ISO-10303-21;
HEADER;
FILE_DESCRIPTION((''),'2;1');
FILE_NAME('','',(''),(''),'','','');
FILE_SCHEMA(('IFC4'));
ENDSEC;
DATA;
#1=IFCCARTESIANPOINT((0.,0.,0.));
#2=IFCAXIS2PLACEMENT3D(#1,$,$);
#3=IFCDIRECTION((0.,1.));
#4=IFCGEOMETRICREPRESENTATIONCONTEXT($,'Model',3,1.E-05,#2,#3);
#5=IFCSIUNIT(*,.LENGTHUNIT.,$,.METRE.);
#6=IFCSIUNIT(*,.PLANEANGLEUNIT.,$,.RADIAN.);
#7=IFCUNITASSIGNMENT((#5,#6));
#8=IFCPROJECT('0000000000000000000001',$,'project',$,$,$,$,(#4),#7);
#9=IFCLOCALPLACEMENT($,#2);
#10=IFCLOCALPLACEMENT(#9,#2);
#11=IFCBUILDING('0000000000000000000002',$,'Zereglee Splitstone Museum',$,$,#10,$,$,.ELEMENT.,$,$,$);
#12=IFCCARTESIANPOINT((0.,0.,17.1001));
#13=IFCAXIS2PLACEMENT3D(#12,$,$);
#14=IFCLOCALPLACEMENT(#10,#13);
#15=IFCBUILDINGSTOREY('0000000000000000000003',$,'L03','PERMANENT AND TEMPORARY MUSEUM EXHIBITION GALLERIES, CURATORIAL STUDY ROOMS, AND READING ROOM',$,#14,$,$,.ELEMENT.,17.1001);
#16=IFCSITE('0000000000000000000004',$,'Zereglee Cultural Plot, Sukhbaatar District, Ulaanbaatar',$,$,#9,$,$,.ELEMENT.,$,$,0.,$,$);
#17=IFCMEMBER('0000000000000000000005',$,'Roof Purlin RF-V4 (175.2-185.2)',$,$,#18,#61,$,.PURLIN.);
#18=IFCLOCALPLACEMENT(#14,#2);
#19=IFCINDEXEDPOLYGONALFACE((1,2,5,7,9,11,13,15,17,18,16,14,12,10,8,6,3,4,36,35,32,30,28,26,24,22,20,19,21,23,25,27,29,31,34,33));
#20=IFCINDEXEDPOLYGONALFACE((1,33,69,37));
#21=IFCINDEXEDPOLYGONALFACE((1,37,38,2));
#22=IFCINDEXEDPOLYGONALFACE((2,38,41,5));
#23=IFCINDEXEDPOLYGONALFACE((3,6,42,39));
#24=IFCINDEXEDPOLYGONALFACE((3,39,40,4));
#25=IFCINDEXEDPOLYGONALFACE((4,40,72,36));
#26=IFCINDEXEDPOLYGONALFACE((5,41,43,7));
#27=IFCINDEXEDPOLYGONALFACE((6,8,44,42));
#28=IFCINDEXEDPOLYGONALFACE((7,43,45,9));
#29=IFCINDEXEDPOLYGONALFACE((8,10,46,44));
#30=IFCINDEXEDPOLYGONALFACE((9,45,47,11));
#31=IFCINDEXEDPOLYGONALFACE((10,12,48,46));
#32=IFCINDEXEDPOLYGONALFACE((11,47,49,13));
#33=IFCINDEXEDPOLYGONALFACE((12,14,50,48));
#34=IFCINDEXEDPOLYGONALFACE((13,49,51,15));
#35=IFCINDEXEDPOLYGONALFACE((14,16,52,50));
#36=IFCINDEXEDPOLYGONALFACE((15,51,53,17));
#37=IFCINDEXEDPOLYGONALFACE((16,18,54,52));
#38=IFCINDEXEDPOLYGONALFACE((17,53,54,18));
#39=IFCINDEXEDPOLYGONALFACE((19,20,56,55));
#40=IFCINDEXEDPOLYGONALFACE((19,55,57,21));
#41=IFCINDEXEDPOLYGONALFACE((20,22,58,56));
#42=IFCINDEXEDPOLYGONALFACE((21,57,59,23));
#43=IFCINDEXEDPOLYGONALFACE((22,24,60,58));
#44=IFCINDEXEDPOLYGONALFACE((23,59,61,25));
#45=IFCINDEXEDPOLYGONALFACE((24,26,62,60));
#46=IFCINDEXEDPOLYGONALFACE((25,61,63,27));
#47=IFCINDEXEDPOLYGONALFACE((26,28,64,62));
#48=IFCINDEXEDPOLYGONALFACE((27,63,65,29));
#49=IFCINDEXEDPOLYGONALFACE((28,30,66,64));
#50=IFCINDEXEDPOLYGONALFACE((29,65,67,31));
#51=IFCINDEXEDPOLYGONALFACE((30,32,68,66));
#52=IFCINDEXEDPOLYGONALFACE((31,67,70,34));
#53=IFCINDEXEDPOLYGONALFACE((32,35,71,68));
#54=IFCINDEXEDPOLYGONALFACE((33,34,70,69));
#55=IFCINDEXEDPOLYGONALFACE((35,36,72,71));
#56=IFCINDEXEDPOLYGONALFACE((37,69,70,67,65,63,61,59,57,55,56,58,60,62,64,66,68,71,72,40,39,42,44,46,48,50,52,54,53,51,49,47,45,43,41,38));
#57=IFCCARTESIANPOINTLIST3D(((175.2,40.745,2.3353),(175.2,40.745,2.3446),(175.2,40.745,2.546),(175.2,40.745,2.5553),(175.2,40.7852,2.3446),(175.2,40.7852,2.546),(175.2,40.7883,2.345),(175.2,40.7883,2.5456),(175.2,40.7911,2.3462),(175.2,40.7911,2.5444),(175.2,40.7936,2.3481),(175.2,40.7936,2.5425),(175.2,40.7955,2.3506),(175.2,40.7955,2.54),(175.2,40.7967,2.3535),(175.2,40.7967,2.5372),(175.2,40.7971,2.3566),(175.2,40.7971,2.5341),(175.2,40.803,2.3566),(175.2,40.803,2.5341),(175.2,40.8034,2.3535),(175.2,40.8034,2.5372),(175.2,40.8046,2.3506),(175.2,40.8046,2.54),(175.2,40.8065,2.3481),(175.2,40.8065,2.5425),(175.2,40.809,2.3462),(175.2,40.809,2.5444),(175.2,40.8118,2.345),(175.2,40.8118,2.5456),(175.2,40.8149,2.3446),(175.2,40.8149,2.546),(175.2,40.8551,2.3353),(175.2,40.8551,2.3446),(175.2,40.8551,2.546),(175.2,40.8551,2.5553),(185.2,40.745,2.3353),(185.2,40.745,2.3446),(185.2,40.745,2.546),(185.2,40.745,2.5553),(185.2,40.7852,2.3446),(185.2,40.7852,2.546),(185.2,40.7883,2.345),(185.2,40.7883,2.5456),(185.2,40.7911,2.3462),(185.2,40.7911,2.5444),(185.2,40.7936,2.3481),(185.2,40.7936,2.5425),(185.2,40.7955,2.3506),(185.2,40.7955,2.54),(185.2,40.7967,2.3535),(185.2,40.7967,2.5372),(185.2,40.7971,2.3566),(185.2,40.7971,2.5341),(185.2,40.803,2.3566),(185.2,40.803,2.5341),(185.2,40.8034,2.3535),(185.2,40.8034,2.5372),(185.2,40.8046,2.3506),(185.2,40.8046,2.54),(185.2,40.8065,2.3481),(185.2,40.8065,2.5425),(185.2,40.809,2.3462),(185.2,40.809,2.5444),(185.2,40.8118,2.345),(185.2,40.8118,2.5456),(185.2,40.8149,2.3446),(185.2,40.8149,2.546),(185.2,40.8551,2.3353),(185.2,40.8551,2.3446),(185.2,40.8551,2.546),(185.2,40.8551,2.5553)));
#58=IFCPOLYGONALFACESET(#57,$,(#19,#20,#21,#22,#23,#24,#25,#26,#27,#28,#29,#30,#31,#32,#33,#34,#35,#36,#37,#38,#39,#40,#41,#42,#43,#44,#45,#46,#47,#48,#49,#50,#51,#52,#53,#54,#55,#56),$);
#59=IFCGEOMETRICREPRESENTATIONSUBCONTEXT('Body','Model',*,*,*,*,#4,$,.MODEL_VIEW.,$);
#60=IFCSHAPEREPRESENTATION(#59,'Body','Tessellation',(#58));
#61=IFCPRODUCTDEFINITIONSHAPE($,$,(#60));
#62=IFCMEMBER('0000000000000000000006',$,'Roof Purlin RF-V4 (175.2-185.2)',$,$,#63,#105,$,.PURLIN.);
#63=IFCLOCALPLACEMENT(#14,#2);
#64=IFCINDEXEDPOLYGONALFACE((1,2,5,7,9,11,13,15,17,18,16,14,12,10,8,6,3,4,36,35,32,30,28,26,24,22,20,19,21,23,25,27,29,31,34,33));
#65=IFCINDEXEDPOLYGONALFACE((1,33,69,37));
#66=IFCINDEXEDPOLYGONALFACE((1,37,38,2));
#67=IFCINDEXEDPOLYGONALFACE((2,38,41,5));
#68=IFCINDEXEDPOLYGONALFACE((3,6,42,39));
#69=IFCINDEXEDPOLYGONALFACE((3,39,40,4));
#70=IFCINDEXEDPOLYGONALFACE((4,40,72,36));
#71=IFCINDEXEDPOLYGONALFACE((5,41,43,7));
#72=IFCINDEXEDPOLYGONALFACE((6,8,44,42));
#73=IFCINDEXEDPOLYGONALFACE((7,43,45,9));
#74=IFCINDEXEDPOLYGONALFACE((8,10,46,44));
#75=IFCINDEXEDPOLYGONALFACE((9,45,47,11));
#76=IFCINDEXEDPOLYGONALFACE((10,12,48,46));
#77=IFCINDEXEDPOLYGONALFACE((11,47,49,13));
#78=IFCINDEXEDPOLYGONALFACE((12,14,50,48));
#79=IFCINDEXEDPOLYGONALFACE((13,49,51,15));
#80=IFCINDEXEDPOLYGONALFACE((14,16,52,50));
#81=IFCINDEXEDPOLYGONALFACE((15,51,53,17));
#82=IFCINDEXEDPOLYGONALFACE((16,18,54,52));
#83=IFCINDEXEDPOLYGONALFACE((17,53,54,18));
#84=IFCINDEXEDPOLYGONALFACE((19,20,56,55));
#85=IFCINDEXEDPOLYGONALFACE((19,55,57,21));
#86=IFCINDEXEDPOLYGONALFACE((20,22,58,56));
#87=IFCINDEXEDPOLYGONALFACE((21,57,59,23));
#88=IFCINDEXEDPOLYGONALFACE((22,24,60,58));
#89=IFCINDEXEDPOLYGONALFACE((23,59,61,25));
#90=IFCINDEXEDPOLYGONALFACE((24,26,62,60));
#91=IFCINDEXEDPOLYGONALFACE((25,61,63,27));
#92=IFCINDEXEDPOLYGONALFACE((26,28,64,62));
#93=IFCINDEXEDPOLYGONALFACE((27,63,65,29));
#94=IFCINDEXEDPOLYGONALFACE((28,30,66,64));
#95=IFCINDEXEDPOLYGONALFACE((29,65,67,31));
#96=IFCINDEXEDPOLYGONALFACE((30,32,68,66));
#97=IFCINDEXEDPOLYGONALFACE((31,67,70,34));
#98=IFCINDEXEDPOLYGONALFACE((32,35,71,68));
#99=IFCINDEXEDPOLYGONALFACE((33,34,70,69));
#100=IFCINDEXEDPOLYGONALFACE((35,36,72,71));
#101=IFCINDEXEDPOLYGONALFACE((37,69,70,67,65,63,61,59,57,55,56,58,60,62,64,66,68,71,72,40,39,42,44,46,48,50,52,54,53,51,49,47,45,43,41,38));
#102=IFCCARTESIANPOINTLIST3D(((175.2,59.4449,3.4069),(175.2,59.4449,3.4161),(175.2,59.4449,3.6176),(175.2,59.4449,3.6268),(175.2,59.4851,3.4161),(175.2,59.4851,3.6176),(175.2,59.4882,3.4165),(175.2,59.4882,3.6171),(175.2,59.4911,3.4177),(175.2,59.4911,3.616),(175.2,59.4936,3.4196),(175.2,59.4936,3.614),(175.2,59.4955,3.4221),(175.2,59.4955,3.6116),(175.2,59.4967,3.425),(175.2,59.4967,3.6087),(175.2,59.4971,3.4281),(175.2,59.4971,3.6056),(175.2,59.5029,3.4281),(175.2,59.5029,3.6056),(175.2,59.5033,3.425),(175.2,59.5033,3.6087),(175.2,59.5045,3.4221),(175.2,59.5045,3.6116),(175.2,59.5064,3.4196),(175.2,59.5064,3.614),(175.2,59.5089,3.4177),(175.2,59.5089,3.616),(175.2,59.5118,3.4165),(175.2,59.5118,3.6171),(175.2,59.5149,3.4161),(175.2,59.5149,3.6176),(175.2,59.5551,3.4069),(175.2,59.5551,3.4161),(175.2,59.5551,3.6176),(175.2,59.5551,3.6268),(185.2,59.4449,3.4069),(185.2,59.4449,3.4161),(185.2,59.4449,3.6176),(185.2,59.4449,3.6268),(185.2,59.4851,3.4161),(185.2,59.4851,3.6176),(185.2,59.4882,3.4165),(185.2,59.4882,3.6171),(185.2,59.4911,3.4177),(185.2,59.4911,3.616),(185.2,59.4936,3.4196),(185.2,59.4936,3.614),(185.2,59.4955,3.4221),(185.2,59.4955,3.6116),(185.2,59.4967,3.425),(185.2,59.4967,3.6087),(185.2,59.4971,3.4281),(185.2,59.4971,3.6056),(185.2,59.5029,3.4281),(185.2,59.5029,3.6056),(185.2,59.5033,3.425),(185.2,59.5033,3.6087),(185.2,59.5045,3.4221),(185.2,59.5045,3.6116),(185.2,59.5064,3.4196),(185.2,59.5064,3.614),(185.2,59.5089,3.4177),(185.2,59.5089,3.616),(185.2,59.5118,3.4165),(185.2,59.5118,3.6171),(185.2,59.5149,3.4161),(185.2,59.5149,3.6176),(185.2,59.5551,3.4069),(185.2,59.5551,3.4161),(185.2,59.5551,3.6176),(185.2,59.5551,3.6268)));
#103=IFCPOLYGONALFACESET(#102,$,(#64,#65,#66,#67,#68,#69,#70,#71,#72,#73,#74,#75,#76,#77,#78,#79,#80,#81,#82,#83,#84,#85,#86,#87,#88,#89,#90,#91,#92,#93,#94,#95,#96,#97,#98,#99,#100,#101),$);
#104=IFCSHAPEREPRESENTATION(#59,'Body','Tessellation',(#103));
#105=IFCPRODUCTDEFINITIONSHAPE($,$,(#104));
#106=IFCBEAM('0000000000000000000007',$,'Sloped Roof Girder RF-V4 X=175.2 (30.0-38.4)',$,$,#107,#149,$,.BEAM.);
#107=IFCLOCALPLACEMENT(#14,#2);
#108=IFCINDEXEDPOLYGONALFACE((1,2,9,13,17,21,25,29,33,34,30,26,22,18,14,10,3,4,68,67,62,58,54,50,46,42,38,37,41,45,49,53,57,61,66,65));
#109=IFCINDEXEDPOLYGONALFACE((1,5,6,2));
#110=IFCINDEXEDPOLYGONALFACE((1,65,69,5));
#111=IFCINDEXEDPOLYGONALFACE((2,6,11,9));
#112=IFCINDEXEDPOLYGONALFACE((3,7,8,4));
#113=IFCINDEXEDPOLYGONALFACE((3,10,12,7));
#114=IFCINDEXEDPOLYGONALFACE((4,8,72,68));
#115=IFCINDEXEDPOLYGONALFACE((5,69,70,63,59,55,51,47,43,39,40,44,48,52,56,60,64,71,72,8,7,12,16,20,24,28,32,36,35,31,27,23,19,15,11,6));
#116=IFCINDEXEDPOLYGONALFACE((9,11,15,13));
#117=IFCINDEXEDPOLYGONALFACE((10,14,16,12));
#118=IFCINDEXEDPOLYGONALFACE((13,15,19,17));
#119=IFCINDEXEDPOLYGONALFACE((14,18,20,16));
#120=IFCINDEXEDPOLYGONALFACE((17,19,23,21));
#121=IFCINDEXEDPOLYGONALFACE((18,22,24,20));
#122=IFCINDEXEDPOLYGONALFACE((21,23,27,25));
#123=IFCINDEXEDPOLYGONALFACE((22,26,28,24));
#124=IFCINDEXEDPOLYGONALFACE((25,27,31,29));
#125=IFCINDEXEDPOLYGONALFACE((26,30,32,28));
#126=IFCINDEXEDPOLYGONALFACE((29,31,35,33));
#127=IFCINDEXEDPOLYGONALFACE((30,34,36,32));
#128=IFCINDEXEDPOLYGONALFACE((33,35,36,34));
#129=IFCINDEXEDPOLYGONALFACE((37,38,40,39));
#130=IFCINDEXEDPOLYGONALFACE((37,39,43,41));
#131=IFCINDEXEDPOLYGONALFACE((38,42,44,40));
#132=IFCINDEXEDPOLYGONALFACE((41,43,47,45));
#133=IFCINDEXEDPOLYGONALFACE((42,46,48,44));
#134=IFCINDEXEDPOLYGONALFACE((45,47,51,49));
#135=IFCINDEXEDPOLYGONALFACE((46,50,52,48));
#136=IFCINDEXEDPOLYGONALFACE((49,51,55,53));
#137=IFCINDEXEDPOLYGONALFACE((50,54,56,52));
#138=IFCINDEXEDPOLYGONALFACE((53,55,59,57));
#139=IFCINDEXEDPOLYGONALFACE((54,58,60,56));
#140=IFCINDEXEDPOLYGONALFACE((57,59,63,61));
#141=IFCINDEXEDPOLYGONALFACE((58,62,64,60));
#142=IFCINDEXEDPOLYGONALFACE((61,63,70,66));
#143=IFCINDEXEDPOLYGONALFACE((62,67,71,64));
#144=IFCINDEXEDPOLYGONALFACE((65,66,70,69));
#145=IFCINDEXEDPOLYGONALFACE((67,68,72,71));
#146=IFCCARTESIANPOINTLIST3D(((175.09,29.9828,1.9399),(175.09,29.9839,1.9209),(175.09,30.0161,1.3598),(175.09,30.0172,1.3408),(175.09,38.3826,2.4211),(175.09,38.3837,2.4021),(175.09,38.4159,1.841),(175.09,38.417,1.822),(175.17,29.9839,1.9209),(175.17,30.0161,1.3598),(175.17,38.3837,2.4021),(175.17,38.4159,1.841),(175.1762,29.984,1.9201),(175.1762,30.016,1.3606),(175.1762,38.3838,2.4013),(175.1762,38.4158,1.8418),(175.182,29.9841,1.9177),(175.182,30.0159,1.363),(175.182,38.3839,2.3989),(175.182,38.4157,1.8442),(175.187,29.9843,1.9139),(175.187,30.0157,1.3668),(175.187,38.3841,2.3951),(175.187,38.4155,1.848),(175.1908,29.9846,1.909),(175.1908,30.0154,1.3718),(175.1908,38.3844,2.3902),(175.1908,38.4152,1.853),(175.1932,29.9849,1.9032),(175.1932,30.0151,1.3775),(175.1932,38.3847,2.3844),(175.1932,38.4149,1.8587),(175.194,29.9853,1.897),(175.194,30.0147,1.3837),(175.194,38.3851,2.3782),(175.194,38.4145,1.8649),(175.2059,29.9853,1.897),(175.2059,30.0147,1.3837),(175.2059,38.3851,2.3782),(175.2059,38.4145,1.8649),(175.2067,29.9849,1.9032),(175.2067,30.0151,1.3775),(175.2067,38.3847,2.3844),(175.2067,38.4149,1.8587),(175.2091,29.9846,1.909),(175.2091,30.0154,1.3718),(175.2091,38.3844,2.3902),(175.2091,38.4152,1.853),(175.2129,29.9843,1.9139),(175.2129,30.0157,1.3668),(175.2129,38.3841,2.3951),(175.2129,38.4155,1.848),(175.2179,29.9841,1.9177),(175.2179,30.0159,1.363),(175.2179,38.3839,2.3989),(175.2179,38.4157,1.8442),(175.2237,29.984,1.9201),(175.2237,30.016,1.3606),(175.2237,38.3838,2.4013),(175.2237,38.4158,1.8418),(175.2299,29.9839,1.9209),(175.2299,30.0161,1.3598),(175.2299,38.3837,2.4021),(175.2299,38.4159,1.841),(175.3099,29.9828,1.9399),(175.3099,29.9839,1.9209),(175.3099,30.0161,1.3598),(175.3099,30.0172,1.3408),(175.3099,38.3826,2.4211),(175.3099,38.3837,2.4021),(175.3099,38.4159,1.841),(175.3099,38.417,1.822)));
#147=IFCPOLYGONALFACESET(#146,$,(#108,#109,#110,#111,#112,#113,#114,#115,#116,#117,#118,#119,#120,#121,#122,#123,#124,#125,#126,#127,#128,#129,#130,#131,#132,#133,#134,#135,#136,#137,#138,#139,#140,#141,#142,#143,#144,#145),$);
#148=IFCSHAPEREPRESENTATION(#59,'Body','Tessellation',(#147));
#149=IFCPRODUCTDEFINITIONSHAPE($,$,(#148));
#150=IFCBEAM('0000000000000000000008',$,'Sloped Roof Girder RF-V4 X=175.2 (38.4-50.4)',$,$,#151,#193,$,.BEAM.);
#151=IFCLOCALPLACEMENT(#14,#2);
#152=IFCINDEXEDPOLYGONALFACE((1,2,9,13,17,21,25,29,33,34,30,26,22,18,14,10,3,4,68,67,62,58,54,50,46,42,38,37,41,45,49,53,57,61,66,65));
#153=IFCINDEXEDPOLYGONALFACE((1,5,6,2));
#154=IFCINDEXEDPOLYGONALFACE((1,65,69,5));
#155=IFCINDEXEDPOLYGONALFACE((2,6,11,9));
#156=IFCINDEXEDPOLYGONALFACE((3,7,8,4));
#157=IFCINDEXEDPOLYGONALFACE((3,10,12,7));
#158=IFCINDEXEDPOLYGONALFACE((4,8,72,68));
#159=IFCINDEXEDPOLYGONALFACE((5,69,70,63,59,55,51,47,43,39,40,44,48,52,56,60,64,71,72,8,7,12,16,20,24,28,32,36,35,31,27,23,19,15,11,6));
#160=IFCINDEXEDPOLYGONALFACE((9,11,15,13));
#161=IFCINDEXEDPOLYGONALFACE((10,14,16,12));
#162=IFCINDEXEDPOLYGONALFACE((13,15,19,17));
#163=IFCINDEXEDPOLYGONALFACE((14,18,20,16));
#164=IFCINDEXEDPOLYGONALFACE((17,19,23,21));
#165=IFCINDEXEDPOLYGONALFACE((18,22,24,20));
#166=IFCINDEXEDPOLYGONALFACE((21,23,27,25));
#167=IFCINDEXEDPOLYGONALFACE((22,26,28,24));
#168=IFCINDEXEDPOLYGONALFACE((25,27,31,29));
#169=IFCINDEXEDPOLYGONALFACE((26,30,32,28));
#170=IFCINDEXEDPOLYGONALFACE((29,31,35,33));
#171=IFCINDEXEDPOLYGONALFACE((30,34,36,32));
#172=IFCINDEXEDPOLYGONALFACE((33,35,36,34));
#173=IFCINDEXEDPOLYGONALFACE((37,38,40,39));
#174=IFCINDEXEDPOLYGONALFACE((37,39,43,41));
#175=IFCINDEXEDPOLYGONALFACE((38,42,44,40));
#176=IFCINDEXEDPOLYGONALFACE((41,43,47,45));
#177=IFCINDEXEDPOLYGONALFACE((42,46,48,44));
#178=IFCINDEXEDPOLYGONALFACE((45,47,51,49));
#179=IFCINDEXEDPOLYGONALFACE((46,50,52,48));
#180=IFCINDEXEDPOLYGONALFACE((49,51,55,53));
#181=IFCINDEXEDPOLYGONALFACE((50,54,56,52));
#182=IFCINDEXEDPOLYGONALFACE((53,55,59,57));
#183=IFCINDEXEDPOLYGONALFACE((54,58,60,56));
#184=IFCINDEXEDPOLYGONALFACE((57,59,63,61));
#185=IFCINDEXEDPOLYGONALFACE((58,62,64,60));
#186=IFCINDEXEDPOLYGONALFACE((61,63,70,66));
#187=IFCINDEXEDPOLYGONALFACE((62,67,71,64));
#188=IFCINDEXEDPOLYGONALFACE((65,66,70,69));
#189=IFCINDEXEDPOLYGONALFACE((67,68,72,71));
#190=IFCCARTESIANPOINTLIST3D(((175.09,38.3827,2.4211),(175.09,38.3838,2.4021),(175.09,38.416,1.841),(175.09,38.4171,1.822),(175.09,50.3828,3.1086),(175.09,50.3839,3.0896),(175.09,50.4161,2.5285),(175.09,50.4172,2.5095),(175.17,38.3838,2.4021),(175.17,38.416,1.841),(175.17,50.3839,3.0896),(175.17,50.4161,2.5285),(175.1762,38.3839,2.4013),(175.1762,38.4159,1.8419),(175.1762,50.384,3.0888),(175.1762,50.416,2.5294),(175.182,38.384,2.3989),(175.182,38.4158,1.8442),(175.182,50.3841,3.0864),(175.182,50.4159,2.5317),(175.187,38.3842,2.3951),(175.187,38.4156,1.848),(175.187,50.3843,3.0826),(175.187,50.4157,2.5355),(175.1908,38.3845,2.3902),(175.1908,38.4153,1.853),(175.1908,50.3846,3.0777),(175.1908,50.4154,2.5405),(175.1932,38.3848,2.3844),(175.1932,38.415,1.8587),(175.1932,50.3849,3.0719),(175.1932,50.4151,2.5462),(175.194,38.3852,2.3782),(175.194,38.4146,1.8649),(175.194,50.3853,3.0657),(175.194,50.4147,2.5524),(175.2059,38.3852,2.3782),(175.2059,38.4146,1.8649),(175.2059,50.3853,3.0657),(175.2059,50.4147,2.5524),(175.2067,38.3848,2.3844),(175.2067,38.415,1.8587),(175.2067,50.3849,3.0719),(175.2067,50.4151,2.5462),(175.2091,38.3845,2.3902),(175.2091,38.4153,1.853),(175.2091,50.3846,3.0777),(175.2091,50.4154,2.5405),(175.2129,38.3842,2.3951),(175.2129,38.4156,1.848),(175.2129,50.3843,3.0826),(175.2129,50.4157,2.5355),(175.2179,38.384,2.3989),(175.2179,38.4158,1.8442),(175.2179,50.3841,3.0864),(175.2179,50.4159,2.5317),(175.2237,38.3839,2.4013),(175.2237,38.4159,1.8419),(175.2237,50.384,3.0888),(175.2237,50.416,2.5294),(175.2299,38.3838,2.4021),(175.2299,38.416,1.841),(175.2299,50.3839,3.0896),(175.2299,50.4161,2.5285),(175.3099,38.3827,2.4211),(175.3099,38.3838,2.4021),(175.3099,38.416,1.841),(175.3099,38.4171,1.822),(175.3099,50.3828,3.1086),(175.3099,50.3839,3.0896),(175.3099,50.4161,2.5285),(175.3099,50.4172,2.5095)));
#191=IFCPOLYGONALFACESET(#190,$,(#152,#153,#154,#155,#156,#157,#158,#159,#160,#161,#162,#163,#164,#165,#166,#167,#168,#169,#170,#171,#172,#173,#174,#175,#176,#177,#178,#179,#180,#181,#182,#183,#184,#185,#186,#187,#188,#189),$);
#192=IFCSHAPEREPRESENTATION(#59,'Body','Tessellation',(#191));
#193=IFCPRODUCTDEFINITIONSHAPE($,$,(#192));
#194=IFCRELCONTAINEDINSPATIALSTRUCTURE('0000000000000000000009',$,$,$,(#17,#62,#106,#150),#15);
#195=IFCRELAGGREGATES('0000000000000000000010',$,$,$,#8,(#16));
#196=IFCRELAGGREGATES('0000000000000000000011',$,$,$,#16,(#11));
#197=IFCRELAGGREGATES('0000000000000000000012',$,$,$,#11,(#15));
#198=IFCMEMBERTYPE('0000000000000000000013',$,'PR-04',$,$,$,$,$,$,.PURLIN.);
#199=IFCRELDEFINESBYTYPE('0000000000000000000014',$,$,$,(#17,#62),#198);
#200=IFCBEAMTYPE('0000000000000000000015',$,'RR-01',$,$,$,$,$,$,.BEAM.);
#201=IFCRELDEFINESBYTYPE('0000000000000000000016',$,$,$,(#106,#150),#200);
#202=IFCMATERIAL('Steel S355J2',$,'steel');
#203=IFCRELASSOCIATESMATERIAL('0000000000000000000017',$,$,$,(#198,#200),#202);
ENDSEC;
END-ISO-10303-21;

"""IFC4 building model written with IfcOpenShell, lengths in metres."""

from ifc_helpers import new_model, si_unit, direction, frame, origin, origin_2d, place, context, subcontext, project, spatial, i_section, extrude, material, material_profile, profile_set, type_object, element, save


model = new_model("IFC4")

# Units and contexts
model_context = context("Model", 3, precision=1e-05, world=origin(), true_north=direction((0.0, 1.0)))
body_context = subcontext(model_context, "Body", "Model", "MODEL_VIEW")
ifc_project = project(units=[si_unit("LENGTHUNIT", "METRE"), si_unit("PLANEANGLEUNIT", "RADIAN")], contexts=[model_context])

# Site, building, storey
site_placement = place(None, origin())
site = spatial("IfcSite", under=ifc_project, at=site_placement, Name="Zereglee Cultural Plot, Sukhbaatar District, Ulaanbaatar", CompositionType="ELEMENT", RefElevation=0.0)
building_placement = place(site_placement, origin())
building = spatial("IfcBuilding", under=site, at=building_placement, Name="Zereglee Splitstone Museum", CompositionType="ELEMENT")
storey_placement = place(building_placement, frame((0.0, 0.0, 17.1001)))
storey = spatial("IfcBuildingStorey", under=building, at=storey_placement, Name="L03", Description="PERMANENT AND TEMPORARY MUSEUM EXHIBITION GALLERIES, CURATORIAL STUDY ROOMS, AND READING ROOM", CompositionType="ELEMENT", Elevation=17.1001)

# Shared definitions
ifc_material_1 = material(Name="Steel S355J2", Category="steel")

# Members
ifc_material_profile_1 = material_profile(ifc_material_1, i_section(OverallWidth=0.1101, OverallDepth=0.22, WebThickness=0.0059, FlangeThickness=0.0093, FilletRadius=0.012, at=origin_2d()), Name="IPE 220")
ifc_profile_set_1 = profile_set([ifc_material_profile_1], Name="Steel S355J2")
member_type = type_object("IfcMemberType", Name="PR-04", PredefinedType="PURLIN", material=ifc_profile_set_1)
for number, where, z_axis, x_axis, name in (
    (1, (175.2, 40.8, 2.4453), (1.0, 0.0, 0.0), (0.0, 1.0, 0.0), "Roof Purlin RF-V4 (175.2-185.2)"),
    (2, (175.2, 59.5, 3.5168), (1.0, 0.0, 0.0), (0.0, 1.0, 0.0), "Roof Purlin RF-V4 (175.2-185.2)"),
):
    element("IfcMember", number, at=place(storey_placement, frame(where, z_axis=z_axis, x_axis=x_axis)), inside=storey, type_object=member_type, Name=name, PredefinedType="PURLIN", context=body_context, shape_type="SweptSolid", body=[
        extrude(i_section(OverallWidth=0.1101, OverallDepth=0.22, WebThickness=0.0059, FlangeThickness=0.0093, FilletRadius=0.012, at=origin_2d()), origin(), (0.0, 0.0, 1.0), 10.0),
    ])

# Beams
ifc_material_profile_2 = material_profile(ifc_material_1, i_section(OverallWidth=0.22, OverallDepth=0.6001, WebThickness=0.012, FlangeThickness=0.019, FilletRadius=0.0239, at=origin_2d()), Name="IPE 600")
ifc_profile_set_2 = profile_set([ifc_material_profile_2], Name="Steel S355J2")
beam_type = type_object("IfcBeamType", Name="RR-01", PredefinedType="BEAM", material=ifc_profile_set_2)
beam_1_placement = place(storey_placement, frame((175.2, 30.0, 1.6404), z_axis=(0.0, 0.998363, 0.057193), x_axis=(-1.0, 0.0, 0.0)))
element("IfcBeam", 3, at=beam_1_placement, inside=storey, type_object=beam_type, Name="Sloped Roof Girder RF-V4 X=175.2 (30.0-38.4)", PredefinedType="BEAM", context=body_context, shape_type="SweptSolid", body=[
    extrude(i_section(OverallWidth=0.22, OverallDepth=0.6001, WebThickness=0.012, FlangeThickness=0.019, FilletRadius=0.0239, at=origin_2d()), origin(), (0.0, 0.0, 1.0), 8.4136),
])
beam_2_placement = place(storey_placement, frame((175.2, 38.3999, 2.1216), z_axis=(0.0, 0.998363, 0.057198), x_axis=(-1.0, 0.0, 0.0)))
element("IfcBeam", 4, at=beam_2_placement, inside=storey, type_object=beam_type, Name="Sloped Roof Girder RF-V4 X=175.2 (38.4-50.4)", PredefinedType="BEAM", context=body_context, shape_type="SweptSolid", body=[
    extrude(i_section(OverallWidth=0.22, OverallDepth=0.6001, WebThickness=0.012, FlangeThickness=0.019, FilletRadius=0.0239, at=origin_2d()), origin(), (0.0, 0.0, 1.0), 12.0198),
])

save(model, "model.ifc")
